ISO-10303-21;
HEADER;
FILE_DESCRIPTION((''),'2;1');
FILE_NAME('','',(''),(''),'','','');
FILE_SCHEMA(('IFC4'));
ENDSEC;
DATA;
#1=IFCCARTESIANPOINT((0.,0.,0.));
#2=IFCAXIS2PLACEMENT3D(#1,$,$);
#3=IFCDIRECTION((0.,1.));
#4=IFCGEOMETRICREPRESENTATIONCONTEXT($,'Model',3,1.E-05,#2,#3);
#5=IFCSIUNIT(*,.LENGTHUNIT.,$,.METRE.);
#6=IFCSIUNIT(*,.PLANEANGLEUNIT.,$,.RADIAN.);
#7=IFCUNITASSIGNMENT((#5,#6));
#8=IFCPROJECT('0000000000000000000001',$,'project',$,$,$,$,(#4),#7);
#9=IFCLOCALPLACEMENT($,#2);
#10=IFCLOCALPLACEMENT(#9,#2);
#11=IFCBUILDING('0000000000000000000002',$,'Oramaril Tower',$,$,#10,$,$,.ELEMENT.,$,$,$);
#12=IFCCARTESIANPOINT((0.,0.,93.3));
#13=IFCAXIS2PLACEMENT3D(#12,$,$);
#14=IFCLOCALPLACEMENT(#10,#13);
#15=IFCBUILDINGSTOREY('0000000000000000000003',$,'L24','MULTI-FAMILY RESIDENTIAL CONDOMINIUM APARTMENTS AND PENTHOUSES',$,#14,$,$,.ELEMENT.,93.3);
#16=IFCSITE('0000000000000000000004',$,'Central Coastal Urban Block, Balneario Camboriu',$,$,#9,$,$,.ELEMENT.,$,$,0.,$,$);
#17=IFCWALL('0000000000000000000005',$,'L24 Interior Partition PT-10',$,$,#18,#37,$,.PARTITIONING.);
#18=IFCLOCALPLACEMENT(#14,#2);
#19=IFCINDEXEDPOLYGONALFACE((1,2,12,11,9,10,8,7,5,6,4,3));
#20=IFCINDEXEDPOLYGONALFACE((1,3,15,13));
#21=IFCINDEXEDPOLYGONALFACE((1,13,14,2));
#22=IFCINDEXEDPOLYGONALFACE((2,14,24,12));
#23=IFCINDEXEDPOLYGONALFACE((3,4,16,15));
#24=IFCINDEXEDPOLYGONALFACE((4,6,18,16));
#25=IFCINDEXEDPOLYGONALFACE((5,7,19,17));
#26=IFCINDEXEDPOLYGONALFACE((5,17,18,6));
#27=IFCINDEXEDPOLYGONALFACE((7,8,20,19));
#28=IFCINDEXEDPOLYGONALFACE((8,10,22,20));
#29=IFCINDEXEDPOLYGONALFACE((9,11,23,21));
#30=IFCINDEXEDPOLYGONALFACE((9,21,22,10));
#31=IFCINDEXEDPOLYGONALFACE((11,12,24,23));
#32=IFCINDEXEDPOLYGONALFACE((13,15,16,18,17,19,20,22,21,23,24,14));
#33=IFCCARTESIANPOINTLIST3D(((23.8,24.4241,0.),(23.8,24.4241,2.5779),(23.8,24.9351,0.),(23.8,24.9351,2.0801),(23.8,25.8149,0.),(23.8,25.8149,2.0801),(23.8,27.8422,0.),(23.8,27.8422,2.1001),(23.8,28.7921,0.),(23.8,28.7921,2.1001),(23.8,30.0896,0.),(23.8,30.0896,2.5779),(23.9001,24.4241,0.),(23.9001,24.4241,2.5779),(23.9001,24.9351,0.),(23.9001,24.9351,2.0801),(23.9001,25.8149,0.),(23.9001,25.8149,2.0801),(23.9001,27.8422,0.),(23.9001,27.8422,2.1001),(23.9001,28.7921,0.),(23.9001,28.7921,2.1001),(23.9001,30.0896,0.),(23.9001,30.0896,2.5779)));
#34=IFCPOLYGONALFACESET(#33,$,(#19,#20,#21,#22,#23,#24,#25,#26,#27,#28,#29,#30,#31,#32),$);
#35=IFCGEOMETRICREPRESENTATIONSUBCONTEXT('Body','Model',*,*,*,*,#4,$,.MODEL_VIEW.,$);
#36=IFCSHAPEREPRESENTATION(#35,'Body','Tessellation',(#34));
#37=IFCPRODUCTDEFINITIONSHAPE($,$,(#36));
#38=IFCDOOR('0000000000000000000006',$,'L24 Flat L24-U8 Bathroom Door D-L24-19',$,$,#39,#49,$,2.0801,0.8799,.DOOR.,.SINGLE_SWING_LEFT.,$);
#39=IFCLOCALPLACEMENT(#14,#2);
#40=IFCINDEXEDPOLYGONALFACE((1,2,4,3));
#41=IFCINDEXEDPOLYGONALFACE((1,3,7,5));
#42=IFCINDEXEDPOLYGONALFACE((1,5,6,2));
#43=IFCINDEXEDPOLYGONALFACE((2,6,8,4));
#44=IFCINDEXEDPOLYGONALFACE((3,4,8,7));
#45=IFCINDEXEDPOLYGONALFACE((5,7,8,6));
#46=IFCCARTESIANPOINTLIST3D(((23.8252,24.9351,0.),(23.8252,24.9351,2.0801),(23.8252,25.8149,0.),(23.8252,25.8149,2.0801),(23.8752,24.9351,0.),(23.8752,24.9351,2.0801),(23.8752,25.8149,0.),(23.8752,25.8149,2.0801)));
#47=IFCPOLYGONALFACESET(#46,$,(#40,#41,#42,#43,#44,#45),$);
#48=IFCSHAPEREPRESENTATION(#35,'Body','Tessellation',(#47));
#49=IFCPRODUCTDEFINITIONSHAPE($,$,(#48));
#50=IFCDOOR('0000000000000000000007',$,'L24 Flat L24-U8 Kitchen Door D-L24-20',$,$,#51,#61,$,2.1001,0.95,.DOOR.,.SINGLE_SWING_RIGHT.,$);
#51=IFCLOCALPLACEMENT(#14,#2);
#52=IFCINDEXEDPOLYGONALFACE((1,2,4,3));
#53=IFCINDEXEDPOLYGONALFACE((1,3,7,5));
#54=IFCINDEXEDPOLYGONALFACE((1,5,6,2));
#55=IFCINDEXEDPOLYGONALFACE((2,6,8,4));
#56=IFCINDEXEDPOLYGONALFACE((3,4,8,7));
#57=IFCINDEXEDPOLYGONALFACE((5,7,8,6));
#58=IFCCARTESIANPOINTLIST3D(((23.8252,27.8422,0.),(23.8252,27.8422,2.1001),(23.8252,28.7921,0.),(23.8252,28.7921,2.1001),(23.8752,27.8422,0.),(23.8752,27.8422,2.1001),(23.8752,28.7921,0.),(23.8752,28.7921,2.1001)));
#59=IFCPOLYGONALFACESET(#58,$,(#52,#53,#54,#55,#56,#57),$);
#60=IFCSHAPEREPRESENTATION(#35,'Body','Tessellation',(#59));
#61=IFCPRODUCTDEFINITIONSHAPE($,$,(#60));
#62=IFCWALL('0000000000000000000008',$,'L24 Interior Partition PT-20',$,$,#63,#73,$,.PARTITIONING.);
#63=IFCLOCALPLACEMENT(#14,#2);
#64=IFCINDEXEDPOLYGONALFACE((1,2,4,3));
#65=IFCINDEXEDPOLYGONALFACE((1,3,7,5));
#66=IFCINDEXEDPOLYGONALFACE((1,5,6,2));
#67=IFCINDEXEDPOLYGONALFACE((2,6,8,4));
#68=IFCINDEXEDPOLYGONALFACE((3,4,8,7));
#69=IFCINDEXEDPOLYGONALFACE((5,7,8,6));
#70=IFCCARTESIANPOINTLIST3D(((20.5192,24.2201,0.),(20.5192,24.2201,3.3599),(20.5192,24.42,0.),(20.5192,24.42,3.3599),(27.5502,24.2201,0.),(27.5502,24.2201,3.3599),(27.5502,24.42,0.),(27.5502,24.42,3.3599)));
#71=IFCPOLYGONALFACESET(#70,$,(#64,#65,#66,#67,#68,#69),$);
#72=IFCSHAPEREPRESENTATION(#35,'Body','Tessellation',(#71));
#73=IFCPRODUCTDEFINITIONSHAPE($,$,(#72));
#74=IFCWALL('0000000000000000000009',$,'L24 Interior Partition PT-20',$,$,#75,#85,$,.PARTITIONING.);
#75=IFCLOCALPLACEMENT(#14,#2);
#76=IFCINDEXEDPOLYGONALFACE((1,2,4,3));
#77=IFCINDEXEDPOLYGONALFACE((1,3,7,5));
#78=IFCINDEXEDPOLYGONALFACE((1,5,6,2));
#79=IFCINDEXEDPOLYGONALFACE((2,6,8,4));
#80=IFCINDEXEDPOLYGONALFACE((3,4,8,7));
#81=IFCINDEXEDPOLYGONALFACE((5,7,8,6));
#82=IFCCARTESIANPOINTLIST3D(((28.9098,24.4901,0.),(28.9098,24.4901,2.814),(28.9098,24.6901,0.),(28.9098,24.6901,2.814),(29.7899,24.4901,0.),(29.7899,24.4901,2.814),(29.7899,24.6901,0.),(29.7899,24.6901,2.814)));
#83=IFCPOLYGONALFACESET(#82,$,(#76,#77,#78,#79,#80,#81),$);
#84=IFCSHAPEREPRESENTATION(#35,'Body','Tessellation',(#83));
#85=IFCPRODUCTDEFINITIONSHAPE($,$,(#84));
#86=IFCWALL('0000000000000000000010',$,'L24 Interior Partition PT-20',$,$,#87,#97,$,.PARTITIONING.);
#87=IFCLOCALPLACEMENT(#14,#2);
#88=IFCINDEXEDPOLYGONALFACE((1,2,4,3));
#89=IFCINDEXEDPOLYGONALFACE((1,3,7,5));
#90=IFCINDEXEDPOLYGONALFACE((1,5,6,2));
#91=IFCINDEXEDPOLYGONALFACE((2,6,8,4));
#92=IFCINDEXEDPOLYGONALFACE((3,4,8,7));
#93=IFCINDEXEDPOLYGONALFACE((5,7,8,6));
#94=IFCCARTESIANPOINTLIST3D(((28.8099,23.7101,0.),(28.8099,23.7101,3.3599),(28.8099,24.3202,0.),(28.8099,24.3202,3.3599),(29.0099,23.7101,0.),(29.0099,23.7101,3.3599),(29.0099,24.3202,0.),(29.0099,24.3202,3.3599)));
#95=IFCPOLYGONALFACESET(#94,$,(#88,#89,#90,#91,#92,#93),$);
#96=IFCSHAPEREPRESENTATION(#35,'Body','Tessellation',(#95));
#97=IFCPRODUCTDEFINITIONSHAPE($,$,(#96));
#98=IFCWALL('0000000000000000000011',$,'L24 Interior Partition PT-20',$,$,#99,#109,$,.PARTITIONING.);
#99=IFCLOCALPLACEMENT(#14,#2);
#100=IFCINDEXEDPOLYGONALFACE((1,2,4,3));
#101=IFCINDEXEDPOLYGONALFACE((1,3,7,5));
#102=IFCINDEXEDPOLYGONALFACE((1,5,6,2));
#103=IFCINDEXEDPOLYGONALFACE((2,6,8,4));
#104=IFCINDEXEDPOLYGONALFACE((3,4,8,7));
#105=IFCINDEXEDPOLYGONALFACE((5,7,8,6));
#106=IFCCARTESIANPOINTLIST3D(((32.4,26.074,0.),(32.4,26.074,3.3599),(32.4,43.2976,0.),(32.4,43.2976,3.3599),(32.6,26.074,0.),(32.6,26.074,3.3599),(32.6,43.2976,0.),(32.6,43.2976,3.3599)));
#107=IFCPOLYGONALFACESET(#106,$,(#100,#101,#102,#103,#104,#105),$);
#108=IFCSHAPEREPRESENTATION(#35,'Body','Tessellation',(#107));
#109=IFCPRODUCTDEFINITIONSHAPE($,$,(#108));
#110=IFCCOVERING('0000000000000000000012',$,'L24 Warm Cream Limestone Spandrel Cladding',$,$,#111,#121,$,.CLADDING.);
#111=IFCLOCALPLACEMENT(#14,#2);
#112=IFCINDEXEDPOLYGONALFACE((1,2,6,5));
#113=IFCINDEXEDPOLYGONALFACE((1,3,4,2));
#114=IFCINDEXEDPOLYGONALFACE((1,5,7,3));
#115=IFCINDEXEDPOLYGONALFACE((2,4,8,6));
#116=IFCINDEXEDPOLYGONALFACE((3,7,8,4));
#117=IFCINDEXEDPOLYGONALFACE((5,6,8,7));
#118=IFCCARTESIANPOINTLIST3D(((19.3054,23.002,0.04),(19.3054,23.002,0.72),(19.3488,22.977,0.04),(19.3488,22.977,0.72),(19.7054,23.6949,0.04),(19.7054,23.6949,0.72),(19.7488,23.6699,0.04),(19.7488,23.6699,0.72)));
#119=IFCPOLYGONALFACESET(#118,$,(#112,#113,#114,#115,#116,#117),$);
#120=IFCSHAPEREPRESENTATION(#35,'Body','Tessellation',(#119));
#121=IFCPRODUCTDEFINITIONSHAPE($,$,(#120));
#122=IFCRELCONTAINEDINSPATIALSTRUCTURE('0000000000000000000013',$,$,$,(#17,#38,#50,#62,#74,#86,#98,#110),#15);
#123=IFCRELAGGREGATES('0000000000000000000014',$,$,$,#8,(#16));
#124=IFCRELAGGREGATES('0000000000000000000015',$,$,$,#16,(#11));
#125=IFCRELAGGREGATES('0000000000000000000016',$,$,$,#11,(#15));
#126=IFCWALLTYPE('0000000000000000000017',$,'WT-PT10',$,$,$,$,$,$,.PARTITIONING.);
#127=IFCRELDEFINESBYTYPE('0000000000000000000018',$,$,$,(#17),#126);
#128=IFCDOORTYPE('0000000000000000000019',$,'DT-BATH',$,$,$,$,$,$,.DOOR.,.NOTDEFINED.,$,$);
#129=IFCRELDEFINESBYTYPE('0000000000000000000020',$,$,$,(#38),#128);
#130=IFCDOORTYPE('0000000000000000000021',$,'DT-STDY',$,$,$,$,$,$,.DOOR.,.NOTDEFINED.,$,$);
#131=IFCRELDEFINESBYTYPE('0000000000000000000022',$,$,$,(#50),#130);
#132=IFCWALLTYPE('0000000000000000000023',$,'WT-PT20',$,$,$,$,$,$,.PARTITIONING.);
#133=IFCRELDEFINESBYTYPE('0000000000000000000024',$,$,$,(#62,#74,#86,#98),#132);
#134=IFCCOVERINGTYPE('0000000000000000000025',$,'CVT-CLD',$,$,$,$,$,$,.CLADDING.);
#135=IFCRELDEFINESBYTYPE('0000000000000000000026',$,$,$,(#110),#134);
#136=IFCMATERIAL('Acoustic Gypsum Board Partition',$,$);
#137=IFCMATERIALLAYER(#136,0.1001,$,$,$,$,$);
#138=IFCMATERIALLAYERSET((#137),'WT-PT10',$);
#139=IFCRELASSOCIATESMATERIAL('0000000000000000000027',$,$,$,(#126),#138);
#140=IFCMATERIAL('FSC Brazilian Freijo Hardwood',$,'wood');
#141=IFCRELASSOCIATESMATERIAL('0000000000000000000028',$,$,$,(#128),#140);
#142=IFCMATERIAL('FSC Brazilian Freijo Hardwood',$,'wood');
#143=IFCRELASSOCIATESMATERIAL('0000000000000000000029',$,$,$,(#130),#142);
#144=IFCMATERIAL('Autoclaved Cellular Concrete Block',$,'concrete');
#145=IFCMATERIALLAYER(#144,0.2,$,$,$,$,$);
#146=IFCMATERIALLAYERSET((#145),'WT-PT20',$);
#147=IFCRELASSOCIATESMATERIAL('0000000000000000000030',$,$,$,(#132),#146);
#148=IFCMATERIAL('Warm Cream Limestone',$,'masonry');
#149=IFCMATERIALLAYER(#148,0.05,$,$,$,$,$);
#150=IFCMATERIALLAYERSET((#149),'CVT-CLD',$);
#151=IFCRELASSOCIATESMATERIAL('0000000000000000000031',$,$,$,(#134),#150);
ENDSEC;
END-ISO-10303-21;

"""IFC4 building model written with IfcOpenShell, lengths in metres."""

from ifc_helpers import new_model, si_unit, direction, frame, frame_2d, origin, origin_2d, place, context, subcontext, project, spatial, rectangle, extrude, material, layer, layer_set, type_object, element, fill, save


model = new_model("IFC4")

# Units and contexts
model_context = context("Model", 3, precision=1e-05, world=origin(), true_north=direction((0.0, 1.0)))
body_context = subcontext(model_context, "Body", "Model", "MODEL_VIEW")
ifc_project = project(units=[si_unit("LENGTHUNIT", "METRE"), si_unit("PLANEANGLEUNIT", "RADIAN")], contexts=[model_context])

# Site, building, storey
site_placement = place(None, origin())
site = spatial("IfcSite", under=ifc_project, at=site_placement, Name="Central Coastal Urban Block, Balneario Camboriu", CompositionType="ELEMENT", RefElevation=0.0)
building_placement = place(site_placement, origin())
building = spatial("IfcBuilding", under=site, at=building_placement, Name="Oramaril Tower", CompositionType="ELEMENT")
storey_placement = place(building_placement, frame((0.0, 0.0, 93.3)))
storey = spatial("IfcBuildingStorey", under=building, at=storey_placement, Name="L24", Description="MULTI-FAMILY RESIDENTIAL CONDOMINIUM APARTMENTS AND PENTHOUSES", CompositionType="ELEMENT", Elevation=93.3)

# Shared definitions
ifc_material_1 = material(Name="Acoustic Gypsum Board Partition")
ifc_layer_1 = layer(ifc_material_1, 0.1001)
ifc_layer_set_1 = layer_set([ifc_layer_1], Name="WT-PT10")
wall_type_1 = type_object("IfcWallType", Name="WT-PT10", PredefinedType="PARTITIONING", material=ifc_layer_set_1)

# Wall, openings, doors
wall_1_placement = place(storey_placement, frame((23.8501, 24.4241, 0.0), z_axis=(0.0, 0.0, 1.0), x_axis=(0.0, 1.0, 0.0)))
wall_1 = element("IfcWall", 1, at=wall_1_placement, inside=storey, type_object=wall_type_1, Name="L24 Interior Partition PT-10", PredefinedType="PARTITIONING", context=body_context, shape_type="SweptSolid", body=[
    extrude(rectangle(XDim=5.6655, YDim=0.1001, at=frame_2d((2.8328, 0.0))), origin(), (0.0, 0.0, 1.0), 2.5779),
])
opening_1_placement = place(wall_1_placement, frame((0.511, 0.0, 0.0)))
opening_1 = element("IfcOpeningElement", 2, at=opening_1_placement, cuts=wall_1, PredefinedType="OPENING", context=body_context, shape_type="SweptSolid", body=[
    extrude(rectangle(XDim=0.8799, YDim=2.0801, at=frame_2d((0.4399, 1.04))), frame((0.0, 0.05, 0.0), z_axis=(0.0, -1.0, 0.0), x_axis=(1.0, 0.0, 0.0)), (0.0, 0.0, 1.0), 0.1001),
])
opening_2_placement = place(wall_1_placement, frame((3.418, 0.0, 0.0)))
opening_2 = element("IfcOpeningElement", 3, at=opening_2_placement, cuts=wall_1, PredefinedType="OPENING", context=body_context, shape_type="SweptSolid", body=[
    extrude(rectangle(XDim=0.95, YDim=2.1001, at=frame_2d((0.4751, 1.05))), frame((0.0, 0.05, 0.0), z_axis=(0.0, -1.0, 0.0), x_axis=(1.0, 0.0, 0.0)), (0.0, 0.0, 1.0), 0.1001),
])
ifc_material_2 = material(Name="FSC Brazilian Freijo Hardwood", Category="wood")
door_type_1 = type_object("IfcDoorType", Name="DT-BATH", OperationType="NOTDEFINED", PredefinedType="DOOR", material=ifc_material_2)
door_1_placement = place(opening_1_placement, origin())
door_1 = element("IfcDoor", 4, at=door_1_placement, inside=storey, type_object=door_type_1, Name="L24 Flat L24-U8 Bathroom Door D-L24-19", OperationType="SINGLE_SWING_LEFT", OverallHeight=2.0801, OverallWidth=0.8799, PredefinedType="DOOR", context=body_context, shape_type="SweptSolid", body=[
    extrude(rectangle(XDim=0.8799, YDim=2.0801, at=frame_2d((0.4399, 1.04))), frame((0.0, 0.0249, 0.0), z_axis=(0.0, -1.0, 0.0), x_axis=(1.0, 0.0, 0.0)), (0.0, 0.0, 1.0), 0.05),
])
fill(opening_1, door_1)
ifc_material_3 = material(Name="FSC Brazilian Freijo Hardwood", Category="wood")
door_type_2 = type_object("IfcDoorType", Name="DT-STDY", OperationType="NOTDEFINED", PredefinedType="DOOR", material=ifc_material_3)
door_2_placement = place(opening_2_placement, origin())
door_2 = element("IfcDoor", 5, at=door_2_placement, inside=storey, type_object=door_type_2, Name="L24 Flat L24-U8 Kitchen Door D-L24-20", OperationType="SINGLE_SWING_RIGHT", OverallHeight=2.1001, OverallWidth=0.95, PredefinedType="DOOR", context=body_context, shape_type="SweptSolid", body=[
    extrude(rectangle(XDim=0.95, YDim=2.1001, at=frame_2d((0.4751, 1.05))), frame((0.0, 0.0249, 0.0), z_axis=(0.0, -1.0, 0.0), x_axis=(1.0, 0.0, 0.0)), (0.0, 0.0, 1.0), 0.05),
])
fill(opening_2, door_2)

# Walls
ifc_material_4 = material(Name="Autoclaved Cellular Concrete Block", Category="concrete")
ifc_layer_2 = layer(ifc_material_4, 0.2)
ifc_layer_set_2 = layer_set([ifc_layer_2], Name="WT-PT20")
wall_type_2 = type_object("IfcWallType", Name="WT-PT20", PredefinedType="PARTITIONING", material=ifc_layer_set_2)
wall_2_placement = place(storey_placement, frame((20.519, 24.3201, 0.0), z_axis=(0.0, 0.0, 1.0), x_axis=(1.0, 0.0, 0.0)))
element("IfcWall", 6, at=wall_2_placement, inside=storey, type_object=wall_type_2, Name="L24 Interior Partition PT-20", PredefinedType="PARTITIONING", context=body_context, shape_type="SweptSolid", body=[
    extrude(rectangle(XDim=7.031, YDim=0.2, at=frame_2d((3.5156, 0.0))), origin(), (0.0, 0.0, 1.0), 3.3599),
])
wall_3_placement = place(storey_placement, frame((28.9099, 24.5901, 0.0), z_axis=(0.0, 0.0, 1.0), x_axis=(1.0, 0.0, 0.0)))
element("IfcWall", 7, at=wall_3_placement, inside=storey, type_object=wall_type_2, Name="L24 Interior Partition PT-20", PredefinedType="PARTITIONING", context=body_context, shape_type="SweptSolid", body=[
    extrude(rectangle(XDim=0.8801, YDim=0.2, at=frame_2d((0.4399, 0.0))), origin(), (0.0, 0.0, 1.0), 2.814),
])

# Walls
wall_4_placement = place(storey_placement, frame((28.9099, 23.71, 0.0), z_axis=(0.0, 0.0, 1.0), x_axis=(0.0, 1.0, 0.0)))
element("IfcWall", 8, at=wall_4_placement, inside=storey, type_object=wall_type_2, Name="L24 Interior Partition PT-20", PredefinedType="PARTITIONING", context=body_context, shape_type="SweptSolid", body=[
    extrude(rectangle(XDim=0.6101, YDim=0.2, at=frame_2d((0.3052, 0.0))), origin(), (0.0, 0.0, 1.0), 3.3599),
])
wall_5_placement = place(storey_placement, frame((32.5, 26.074, 0.0), z_axis=(0.0, 0.0, 1.0), x_axis=(0.0, 1.0, 0.0)))
element("IfcWall", 9, at=wall_5_placement, inside=storey, type_object=wall_type_2, Name="L24 Interior Partition PT-20", PredefinedType="PARTITIONING", context=body_context, shape_type="SweptSolid", body=[
    extrude(rectangle(XDim=17.2236, YDim=0.2, at=frame_2d((8.6118, 0.0))), origin(), (0.0, 0.0, 1.0), 3.3599),
])

# Covering
ifc_material_5 = material(Name="Warm Cream Limestone", Category="masonry")
ifc_layer_3 = layer(ifc_material_5, 0.05)
ifc_layer_set_3 = layer_set([ifc_layer_3], Name="CVT-CLD")
covering_type = type_object("IfcCoveringType", Name="CVT-CLD", PredefinedType="CLADDING", material=ifc_layer_set_3)
covering_placement = place(storey_placement, frame((19.5271, 23.3359, 0.04), z_axis=(0.0, 0.0, 1.0), x_axis=(-0.5, -0.866025, 0.0)))
element("IfcCovering", 10, at=covering_placement, inside=storey, type_object=covering_type, Name="L24 Warm Cream Limestone Spandrel Cladding", PredefinedType="CLADDING", context=body_context, shape_type="SweptSolid", body=[
    extrude(rectangle(XDim=0.8, YDim=0.05, at=origin_2d()), origin(), (0.0, 0.0, 1.0), 0.6799),
])

save(model, "model.ifc")
